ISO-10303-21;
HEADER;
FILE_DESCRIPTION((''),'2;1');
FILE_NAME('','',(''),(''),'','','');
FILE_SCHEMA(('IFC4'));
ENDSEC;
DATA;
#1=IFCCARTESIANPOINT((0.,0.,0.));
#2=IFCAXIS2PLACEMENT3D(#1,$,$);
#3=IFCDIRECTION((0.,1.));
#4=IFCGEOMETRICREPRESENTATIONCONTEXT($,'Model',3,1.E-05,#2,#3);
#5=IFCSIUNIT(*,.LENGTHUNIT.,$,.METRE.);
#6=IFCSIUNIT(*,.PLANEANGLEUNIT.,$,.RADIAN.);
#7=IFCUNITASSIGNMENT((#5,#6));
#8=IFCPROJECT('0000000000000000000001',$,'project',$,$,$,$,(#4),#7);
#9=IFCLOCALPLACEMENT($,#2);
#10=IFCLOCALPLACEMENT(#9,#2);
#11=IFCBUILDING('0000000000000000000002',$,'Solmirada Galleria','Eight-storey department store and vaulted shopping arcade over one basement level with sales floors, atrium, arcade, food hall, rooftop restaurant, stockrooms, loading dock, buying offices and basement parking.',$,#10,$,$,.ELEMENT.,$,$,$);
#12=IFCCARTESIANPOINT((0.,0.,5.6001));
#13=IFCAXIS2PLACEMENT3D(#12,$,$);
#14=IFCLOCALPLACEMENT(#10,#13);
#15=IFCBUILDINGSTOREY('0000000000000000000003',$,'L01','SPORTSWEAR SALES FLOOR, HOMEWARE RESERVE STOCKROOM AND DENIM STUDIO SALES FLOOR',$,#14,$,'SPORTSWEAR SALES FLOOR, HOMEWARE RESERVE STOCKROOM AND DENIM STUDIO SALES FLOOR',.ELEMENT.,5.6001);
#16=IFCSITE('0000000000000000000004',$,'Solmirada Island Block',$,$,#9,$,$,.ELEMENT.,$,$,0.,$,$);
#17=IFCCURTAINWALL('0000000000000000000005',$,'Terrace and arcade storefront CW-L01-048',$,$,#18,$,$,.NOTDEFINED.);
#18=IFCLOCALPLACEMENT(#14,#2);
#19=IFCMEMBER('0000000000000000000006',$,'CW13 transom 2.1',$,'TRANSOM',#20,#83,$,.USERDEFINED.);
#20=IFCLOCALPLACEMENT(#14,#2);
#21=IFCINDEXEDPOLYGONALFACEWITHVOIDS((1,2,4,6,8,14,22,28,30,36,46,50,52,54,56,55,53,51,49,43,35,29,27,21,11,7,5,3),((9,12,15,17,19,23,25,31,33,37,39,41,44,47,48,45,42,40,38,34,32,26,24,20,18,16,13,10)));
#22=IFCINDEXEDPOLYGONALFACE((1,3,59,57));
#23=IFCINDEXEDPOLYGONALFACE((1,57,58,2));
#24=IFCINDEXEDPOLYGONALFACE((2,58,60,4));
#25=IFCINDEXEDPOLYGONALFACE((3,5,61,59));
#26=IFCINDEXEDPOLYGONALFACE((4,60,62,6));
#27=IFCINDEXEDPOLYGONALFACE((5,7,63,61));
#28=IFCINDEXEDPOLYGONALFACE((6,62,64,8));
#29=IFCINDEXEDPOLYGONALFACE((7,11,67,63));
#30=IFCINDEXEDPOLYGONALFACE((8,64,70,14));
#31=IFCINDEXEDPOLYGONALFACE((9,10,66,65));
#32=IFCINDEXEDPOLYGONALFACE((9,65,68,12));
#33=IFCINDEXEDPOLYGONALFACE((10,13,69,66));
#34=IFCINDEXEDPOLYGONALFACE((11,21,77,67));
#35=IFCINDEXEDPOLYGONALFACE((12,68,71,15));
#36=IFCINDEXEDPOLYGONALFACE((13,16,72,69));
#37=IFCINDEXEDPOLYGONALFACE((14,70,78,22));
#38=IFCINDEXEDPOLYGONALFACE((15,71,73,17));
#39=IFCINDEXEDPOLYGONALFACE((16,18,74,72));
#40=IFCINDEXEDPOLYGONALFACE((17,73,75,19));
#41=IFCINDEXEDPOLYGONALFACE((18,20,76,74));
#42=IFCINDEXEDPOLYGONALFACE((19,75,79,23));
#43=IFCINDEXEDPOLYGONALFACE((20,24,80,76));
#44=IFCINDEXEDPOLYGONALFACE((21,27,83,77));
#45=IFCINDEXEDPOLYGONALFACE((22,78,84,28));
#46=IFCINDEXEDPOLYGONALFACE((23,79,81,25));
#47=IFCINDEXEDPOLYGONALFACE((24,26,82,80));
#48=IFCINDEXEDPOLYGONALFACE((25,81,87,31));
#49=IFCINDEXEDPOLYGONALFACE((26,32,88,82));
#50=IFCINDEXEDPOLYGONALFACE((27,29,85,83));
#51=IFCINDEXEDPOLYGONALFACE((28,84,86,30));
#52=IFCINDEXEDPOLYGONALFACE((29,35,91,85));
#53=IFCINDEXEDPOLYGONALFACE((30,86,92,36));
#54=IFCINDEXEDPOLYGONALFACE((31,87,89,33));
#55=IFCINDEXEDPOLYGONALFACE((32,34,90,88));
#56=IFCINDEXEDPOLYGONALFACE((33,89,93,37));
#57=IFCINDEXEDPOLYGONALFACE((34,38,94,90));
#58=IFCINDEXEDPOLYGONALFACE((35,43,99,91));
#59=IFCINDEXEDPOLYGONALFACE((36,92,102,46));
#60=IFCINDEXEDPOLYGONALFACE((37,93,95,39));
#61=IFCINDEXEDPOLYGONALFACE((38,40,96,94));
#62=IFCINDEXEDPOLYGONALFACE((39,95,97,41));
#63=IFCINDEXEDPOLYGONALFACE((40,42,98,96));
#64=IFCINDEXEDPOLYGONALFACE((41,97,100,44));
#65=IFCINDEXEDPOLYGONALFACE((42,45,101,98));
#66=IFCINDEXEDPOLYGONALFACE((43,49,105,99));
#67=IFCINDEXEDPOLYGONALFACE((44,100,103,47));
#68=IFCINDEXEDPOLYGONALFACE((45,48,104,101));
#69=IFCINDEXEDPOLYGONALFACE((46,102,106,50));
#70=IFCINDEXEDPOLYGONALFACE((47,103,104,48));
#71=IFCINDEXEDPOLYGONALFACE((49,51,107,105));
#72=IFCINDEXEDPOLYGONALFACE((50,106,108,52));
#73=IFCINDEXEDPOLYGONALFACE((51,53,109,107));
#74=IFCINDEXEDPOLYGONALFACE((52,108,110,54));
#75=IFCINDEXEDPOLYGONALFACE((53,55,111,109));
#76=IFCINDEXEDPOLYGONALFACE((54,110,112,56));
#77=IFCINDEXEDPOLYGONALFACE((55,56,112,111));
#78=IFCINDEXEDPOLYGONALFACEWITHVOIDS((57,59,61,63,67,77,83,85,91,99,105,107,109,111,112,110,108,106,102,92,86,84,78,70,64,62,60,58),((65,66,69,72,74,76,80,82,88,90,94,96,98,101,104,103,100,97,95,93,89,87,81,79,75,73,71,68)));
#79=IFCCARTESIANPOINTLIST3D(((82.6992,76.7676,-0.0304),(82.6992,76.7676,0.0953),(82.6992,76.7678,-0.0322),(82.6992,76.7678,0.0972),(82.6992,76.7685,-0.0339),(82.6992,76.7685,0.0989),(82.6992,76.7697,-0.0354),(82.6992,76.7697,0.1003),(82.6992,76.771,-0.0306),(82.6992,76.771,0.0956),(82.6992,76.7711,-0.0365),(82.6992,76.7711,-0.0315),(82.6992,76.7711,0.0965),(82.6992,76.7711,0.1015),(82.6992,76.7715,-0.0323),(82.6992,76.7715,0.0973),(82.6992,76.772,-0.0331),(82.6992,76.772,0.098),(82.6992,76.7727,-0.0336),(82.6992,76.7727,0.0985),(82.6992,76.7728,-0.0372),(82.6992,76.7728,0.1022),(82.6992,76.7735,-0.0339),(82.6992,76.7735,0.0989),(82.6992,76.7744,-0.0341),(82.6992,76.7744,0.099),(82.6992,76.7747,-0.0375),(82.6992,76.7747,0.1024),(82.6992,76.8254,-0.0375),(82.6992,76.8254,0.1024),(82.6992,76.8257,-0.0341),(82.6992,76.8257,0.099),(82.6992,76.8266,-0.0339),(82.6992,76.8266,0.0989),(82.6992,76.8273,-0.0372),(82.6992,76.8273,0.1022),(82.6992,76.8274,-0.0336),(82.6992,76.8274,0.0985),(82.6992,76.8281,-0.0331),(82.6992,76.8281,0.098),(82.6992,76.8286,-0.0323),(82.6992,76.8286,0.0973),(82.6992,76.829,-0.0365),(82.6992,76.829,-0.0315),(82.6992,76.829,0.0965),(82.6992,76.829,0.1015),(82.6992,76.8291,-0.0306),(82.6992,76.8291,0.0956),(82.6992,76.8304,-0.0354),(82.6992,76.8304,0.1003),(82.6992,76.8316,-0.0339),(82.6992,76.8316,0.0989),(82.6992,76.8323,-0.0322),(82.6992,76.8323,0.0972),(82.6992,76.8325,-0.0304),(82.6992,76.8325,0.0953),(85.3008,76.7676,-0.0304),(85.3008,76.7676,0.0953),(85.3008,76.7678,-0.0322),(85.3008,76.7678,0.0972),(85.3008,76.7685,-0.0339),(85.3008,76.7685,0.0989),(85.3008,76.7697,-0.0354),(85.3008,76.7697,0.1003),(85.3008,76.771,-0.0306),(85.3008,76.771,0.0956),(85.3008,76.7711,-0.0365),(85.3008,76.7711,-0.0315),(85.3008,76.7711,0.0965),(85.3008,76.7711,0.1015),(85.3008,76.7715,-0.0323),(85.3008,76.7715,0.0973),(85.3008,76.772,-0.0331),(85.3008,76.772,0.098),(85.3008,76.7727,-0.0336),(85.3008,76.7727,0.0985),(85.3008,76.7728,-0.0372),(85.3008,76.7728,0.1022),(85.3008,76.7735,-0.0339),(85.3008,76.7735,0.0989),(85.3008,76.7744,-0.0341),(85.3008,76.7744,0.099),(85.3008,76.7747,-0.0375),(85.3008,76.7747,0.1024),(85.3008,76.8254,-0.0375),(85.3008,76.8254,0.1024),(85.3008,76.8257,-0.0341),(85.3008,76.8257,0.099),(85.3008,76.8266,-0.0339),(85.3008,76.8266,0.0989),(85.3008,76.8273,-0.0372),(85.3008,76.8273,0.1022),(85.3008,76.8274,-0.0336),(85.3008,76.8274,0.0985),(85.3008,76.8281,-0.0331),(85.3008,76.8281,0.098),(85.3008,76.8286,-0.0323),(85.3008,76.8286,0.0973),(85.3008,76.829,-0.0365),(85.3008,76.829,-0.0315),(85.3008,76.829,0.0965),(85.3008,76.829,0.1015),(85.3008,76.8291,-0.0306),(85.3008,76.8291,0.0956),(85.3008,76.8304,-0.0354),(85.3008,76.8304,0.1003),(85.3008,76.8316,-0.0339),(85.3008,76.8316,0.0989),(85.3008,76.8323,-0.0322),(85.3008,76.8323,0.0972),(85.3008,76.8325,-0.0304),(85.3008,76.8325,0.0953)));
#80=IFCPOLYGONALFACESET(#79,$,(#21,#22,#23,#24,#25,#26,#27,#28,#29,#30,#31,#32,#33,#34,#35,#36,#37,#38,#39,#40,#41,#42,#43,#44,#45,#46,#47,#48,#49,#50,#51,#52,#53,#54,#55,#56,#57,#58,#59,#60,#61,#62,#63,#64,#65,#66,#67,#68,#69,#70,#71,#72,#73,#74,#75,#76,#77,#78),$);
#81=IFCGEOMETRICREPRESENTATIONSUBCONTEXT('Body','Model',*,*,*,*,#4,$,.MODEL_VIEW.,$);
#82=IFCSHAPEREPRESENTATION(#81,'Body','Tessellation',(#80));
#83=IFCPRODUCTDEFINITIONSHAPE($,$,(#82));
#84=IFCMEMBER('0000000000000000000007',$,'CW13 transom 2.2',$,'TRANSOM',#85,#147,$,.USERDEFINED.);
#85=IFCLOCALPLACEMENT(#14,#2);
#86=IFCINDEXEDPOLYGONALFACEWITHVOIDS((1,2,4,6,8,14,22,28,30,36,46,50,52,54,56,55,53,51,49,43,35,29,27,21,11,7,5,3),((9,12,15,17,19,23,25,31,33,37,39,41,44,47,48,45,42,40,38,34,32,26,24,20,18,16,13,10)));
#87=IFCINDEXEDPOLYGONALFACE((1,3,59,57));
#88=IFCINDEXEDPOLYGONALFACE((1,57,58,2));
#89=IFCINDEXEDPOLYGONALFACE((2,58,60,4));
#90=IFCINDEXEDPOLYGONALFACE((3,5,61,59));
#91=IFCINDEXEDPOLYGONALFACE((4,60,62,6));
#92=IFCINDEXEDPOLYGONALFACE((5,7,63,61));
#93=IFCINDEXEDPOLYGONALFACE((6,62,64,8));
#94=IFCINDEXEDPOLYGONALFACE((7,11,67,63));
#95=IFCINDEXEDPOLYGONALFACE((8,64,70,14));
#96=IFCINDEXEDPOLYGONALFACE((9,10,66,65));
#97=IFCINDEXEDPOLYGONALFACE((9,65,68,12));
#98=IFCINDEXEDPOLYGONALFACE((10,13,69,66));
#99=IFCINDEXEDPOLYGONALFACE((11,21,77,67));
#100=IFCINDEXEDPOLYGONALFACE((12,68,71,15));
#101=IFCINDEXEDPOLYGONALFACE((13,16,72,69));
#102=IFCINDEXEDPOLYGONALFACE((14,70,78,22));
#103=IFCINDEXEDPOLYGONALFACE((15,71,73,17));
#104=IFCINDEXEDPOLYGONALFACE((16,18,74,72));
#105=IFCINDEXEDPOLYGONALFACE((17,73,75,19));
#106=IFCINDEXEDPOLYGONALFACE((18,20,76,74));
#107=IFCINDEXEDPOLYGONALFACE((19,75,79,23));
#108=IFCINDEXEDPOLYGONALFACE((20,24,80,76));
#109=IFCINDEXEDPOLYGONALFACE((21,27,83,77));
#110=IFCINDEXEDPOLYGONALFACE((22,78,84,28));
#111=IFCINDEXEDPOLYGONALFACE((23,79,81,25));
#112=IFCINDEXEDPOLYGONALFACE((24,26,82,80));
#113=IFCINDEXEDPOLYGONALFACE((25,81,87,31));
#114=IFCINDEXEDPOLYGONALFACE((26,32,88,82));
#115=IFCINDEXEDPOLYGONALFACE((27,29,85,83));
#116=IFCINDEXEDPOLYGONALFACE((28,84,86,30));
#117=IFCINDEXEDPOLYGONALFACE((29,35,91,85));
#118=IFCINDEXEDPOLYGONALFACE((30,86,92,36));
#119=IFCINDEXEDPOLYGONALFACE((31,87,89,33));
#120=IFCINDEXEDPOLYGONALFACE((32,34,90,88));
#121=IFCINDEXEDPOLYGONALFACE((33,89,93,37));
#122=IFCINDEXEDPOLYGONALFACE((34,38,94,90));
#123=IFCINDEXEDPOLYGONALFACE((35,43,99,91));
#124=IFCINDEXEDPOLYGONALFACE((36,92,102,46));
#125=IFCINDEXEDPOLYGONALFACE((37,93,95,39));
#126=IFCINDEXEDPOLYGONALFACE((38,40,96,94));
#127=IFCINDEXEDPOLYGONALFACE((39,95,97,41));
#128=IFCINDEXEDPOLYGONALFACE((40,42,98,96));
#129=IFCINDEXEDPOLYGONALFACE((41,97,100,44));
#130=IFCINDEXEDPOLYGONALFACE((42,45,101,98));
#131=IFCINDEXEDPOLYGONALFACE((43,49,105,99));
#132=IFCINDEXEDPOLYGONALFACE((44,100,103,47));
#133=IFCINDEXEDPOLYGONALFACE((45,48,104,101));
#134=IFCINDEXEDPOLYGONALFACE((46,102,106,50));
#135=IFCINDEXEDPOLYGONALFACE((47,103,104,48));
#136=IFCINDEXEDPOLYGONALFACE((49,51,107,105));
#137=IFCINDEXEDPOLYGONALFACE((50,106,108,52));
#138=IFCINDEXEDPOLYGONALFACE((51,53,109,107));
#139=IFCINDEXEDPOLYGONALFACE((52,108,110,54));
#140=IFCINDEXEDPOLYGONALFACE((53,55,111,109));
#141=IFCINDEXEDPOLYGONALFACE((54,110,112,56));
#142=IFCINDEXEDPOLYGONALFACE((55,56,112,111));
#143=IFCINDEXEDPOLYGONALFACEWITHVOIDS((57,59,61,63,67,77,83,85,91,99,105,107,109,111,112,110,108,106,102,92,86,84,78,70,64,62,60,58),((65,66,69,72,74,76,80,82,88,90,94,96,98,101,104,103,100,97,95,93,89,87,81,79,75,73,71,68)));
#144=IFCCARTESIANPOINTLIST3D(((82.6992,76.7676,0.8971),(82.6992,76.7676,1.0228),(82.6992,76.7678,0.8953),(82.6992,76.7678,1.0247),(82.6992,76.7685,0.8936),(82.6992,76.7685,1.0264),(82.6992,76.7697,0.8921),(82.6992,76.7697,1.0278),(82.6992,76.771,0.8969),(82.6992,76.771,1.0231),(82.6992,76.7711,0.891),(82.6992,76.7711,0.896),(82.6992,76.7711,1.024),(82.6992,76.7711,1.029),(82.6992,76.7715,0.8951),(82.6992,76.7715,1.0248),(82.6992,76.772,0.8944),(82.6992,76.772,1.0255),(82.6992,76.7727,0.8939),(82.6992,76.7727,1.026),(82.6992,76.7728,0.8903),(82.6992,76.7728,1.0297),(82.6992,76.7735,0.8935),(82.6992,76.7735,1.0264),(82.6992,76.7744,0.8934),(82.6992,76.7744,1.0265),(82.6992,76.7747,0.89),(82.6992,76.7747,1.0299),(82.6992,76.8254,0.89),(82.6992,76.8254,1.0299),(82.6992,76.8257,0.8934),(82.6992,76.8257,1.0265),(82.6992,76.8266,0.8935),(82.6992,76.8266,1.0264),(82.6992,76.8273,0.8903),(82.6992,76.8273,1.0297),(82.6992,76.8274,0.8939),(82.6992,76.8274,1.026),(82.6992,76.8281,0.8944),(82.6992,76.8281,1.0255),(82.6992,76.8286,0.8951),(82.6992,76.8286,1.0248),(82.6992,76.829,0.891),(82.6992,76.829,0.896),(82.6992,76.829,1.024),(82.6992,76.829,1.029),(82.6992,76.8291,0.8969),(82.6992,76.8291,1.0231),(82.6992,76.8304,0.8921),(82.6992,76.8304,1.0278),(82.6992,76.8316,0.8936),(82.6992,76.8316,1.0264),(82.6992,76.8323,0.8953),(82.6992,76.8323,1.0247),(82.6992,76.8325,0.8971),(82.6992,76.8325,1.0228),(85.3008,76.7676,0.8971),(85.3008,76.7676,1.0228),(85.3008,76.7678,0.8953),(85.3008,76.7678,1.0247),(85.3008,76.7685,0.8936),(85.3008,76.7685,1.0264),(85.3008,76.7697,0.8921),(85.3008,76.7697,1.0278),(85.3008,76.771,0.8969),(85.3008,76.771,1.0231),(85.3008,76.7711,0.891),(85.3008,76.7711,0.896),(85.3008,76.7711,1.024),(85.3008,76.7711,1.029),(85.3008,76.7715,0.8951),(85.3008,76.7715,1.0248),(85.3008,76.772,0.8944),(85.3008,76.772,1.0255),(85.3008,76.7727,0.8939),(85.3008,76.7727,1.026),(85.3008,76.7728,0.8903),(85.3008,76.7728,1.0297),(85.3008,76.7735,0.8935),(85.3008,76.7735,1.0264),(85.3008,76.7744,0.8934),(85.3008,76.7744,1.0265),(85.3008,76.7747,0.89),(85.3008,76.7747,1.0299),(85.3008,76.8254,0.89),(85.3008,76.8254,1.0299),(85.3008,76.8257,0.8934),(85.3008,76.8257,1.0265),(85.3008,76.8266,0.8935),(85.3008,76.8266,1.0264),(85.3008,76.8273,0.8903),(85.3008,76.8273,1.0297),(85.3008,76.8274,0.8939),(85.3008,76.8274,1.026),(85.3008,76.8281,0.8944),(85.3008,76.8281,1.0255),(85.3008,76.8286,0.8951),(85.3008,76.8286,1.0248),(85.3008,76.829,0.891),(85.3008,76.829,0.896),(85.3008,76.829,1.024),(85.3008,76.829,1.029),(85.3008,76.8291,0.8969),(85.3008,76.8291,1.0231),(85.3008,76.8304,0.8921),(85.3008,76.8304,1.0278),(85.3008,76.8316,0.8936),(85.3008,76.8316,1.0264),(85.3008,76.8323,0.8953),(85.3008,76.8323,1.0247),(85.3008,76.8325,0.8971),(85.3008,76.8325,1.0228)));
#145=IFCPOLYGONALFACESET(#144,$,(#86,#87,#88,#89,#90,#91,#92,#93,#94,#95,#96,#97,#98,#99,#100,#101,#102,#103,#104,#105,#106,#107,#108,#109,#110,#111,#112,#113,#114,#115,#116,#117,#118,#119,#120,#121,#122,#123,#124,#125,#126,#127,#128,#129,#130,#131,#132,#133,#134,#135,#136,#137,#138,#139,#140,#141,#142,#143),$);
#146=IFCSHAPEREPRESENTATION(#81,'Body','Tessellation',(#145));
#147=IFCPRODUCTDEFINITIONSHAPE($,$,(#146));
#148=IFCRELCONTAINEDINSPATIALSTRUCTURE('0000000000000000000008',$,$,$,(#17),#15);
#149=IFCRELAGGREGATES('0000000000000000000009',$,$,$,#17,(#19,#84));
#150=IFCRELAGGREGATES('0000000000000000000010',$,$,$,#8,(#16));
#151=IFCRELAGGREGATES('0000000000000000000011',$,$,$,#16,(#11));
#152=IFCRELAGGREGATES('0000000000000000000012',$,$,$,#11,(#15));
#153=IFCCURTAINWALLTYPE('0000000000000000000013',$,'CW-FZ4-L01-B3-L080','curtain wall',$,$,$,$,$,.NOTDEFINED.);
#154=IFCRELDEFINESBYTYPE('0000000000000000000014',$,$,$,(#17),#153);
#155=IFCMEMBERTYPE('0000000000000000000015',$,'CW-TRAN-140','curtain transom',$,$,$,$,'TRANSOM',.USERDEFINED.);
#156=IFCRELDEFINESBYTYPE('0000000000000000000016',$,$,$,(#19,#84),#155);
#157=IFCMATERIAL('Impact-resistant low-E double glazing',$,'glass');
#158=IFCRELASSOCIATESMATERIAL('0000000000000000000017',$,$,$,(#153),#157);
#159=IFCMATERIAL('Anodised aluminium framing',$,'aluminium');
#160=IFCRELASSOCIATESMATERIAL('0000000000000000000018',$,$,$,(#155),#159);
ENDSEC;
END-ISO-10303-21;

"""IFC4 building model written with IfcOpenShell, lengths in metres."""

from ifc_helpers import new_model, si_unit, direction, frame, origin, origin_2d, place, context, subcontext, project, spatial, hollow_rectangle, extrude, material, material_profile, profile_set, type_object, element, aggregate, save


model = new_model("IFC4")

# Units and contexts
model_context = context("Model", 3, precision=1e-05, world=origin(), true_north=direction((0.0, 1.0)))
body_context = subcontext(model_context, "Body", "Model", "MODEL_VIEW")
ifc_project = project(units=[si_unit("LENGTHUNIT", "METRE"), si_unit("PLANEANGLEUNIT", "RADIAN")], contexts=[model_context])

# Site, building, storey
site_placement = place(None, origin())
site = spatial("IfcSite", under=ifc_project, at=site_placement, Name="Solmirada Island Block", CompositionType="ELEMENT", RefElevation=0.0)
building_placement = place(site_placement, origin())
building = spatial("IfcBuilding", under=site, at=building_placement, Name="Solmirada Galleria", Description="Eight-storey department store and vaulted shopping arcade over one basement level with sales floors, atrium, arcade, food hall, rooftop restaurant, stockrooms, loading dock, buying offices and basement parking.", CompositionType="ELEMENT")
storey_placement = place(building_placement, frame((0.0, 0.0, 5.6001)))
storey = spatial("IfcBuildingStorey", under=building, at=storey_placement, Name="L01", Description="SPORTSWEAR SALES FLOOR, HOMEWARE RESERVE STOCKROOM AND DENIM STUDIO SALES FLOOR", LongName="SPORTSWEAR SALES FLOOR, HOMEWARE RESERVE STOCKROOM AND DENIM STUDIO SALES FLOOR", CompositionType="ELEMENT", Elevation=5.6001)

# Curtain wall, members
ifc_material_1 = material(Name="Impact-resistant low-E double glazing", Category="glass")
curtain_wall_type = type_object("IfcCurtainWallType", Name="CW-FZ4-L01-B3-L080", Description="curtain wall", PredefinedType="NOTDEFINED", material=ifc_material_1)
curtain_wall_placement = place(storey_placement, origin())
curtain_wall = element("IfcCurtainWall", 1, at=curtain_wall_placement, inside=storey, type_object=curtain_wall_type, Name="Terrace and arcade storefront CW-L01-048", PredefinedType="NOTDEFINED")
ifc_material_2 = material(Name="Anodised aluminium framing", Category="aluminium")
ifc_material_profile_1 = material_profile(ifc_material_2, hollow_rectangle(XDim=0.0649, YDim=0.1399, WallThickness=0.0034, InnerFilletRadius=0.0034, OuterFilletRadius=0.0071, at=origin_2d()), Name="ALU-TRAN-140X65")
ifc_profile_set_1 = profile_set([ifc_material_profile_1], Name="Anodised aluminium framing")
member_type_1 = type_object("IfcMemberType", Name="CW-TRAN-140", Description="curtain transom", ElementType="TRANSOM", PredefinedType="USERDEFINED", material=ifc_profile_set_1)
member_1_placement = place(storey_placement, frame((85.3008, 76.8, 0.0325), z_axis=(-1.0, 0.0, 0.0), x_axis=(0.0, -1.0, 0.0)))
member_1 = element("IfcMember", 2, at=member_1_placement, type_object=member_type_1, Name="CW13 transom 2.1", ObjectType="TRANSOM", PredefinedType="USERDEFINED", context=body_context, shape_type="SweptSolid", body=[
    extrude(hollow_rectangle(XDim=0.0649, YDim=0.1399, WallThickness=0.0034, InnerFilletRadius=0.0034, OuterFilletRadius=0.0071, at=origin_2d()), origin(), (0.0, 0.0, 1.0), 2.6016),
])
member_2_placement = place(storey_placement, frame((85.3008, 76.8, 0.96), z_axis=(-1.0, 0.0, 0.0), x_axis=(0.0, -1.0, 0.0)))
member_2 = element("IfcMember", 3, at=member_2_placement, type_object=member_type_1, Name="CW13 transom 2.2", ObjectType="TRANSOM", PredefinedType="USERDEFINED", context=body_context, shape_type="SweptSolid", body=[
    extrude(hollow_rectangle(XDim=0.0649, YDim=0.1399, WallThickness=0.0034, InnerFilletRadius=0.0034, OuterFilletRadius=0.0071, at=origin_2d()), origin(), (0.0, 0.0, 1.0), 2.6016),
])
aggregate(curtain_wall, [member_1, member_2])

save(model, "model.ifc")
